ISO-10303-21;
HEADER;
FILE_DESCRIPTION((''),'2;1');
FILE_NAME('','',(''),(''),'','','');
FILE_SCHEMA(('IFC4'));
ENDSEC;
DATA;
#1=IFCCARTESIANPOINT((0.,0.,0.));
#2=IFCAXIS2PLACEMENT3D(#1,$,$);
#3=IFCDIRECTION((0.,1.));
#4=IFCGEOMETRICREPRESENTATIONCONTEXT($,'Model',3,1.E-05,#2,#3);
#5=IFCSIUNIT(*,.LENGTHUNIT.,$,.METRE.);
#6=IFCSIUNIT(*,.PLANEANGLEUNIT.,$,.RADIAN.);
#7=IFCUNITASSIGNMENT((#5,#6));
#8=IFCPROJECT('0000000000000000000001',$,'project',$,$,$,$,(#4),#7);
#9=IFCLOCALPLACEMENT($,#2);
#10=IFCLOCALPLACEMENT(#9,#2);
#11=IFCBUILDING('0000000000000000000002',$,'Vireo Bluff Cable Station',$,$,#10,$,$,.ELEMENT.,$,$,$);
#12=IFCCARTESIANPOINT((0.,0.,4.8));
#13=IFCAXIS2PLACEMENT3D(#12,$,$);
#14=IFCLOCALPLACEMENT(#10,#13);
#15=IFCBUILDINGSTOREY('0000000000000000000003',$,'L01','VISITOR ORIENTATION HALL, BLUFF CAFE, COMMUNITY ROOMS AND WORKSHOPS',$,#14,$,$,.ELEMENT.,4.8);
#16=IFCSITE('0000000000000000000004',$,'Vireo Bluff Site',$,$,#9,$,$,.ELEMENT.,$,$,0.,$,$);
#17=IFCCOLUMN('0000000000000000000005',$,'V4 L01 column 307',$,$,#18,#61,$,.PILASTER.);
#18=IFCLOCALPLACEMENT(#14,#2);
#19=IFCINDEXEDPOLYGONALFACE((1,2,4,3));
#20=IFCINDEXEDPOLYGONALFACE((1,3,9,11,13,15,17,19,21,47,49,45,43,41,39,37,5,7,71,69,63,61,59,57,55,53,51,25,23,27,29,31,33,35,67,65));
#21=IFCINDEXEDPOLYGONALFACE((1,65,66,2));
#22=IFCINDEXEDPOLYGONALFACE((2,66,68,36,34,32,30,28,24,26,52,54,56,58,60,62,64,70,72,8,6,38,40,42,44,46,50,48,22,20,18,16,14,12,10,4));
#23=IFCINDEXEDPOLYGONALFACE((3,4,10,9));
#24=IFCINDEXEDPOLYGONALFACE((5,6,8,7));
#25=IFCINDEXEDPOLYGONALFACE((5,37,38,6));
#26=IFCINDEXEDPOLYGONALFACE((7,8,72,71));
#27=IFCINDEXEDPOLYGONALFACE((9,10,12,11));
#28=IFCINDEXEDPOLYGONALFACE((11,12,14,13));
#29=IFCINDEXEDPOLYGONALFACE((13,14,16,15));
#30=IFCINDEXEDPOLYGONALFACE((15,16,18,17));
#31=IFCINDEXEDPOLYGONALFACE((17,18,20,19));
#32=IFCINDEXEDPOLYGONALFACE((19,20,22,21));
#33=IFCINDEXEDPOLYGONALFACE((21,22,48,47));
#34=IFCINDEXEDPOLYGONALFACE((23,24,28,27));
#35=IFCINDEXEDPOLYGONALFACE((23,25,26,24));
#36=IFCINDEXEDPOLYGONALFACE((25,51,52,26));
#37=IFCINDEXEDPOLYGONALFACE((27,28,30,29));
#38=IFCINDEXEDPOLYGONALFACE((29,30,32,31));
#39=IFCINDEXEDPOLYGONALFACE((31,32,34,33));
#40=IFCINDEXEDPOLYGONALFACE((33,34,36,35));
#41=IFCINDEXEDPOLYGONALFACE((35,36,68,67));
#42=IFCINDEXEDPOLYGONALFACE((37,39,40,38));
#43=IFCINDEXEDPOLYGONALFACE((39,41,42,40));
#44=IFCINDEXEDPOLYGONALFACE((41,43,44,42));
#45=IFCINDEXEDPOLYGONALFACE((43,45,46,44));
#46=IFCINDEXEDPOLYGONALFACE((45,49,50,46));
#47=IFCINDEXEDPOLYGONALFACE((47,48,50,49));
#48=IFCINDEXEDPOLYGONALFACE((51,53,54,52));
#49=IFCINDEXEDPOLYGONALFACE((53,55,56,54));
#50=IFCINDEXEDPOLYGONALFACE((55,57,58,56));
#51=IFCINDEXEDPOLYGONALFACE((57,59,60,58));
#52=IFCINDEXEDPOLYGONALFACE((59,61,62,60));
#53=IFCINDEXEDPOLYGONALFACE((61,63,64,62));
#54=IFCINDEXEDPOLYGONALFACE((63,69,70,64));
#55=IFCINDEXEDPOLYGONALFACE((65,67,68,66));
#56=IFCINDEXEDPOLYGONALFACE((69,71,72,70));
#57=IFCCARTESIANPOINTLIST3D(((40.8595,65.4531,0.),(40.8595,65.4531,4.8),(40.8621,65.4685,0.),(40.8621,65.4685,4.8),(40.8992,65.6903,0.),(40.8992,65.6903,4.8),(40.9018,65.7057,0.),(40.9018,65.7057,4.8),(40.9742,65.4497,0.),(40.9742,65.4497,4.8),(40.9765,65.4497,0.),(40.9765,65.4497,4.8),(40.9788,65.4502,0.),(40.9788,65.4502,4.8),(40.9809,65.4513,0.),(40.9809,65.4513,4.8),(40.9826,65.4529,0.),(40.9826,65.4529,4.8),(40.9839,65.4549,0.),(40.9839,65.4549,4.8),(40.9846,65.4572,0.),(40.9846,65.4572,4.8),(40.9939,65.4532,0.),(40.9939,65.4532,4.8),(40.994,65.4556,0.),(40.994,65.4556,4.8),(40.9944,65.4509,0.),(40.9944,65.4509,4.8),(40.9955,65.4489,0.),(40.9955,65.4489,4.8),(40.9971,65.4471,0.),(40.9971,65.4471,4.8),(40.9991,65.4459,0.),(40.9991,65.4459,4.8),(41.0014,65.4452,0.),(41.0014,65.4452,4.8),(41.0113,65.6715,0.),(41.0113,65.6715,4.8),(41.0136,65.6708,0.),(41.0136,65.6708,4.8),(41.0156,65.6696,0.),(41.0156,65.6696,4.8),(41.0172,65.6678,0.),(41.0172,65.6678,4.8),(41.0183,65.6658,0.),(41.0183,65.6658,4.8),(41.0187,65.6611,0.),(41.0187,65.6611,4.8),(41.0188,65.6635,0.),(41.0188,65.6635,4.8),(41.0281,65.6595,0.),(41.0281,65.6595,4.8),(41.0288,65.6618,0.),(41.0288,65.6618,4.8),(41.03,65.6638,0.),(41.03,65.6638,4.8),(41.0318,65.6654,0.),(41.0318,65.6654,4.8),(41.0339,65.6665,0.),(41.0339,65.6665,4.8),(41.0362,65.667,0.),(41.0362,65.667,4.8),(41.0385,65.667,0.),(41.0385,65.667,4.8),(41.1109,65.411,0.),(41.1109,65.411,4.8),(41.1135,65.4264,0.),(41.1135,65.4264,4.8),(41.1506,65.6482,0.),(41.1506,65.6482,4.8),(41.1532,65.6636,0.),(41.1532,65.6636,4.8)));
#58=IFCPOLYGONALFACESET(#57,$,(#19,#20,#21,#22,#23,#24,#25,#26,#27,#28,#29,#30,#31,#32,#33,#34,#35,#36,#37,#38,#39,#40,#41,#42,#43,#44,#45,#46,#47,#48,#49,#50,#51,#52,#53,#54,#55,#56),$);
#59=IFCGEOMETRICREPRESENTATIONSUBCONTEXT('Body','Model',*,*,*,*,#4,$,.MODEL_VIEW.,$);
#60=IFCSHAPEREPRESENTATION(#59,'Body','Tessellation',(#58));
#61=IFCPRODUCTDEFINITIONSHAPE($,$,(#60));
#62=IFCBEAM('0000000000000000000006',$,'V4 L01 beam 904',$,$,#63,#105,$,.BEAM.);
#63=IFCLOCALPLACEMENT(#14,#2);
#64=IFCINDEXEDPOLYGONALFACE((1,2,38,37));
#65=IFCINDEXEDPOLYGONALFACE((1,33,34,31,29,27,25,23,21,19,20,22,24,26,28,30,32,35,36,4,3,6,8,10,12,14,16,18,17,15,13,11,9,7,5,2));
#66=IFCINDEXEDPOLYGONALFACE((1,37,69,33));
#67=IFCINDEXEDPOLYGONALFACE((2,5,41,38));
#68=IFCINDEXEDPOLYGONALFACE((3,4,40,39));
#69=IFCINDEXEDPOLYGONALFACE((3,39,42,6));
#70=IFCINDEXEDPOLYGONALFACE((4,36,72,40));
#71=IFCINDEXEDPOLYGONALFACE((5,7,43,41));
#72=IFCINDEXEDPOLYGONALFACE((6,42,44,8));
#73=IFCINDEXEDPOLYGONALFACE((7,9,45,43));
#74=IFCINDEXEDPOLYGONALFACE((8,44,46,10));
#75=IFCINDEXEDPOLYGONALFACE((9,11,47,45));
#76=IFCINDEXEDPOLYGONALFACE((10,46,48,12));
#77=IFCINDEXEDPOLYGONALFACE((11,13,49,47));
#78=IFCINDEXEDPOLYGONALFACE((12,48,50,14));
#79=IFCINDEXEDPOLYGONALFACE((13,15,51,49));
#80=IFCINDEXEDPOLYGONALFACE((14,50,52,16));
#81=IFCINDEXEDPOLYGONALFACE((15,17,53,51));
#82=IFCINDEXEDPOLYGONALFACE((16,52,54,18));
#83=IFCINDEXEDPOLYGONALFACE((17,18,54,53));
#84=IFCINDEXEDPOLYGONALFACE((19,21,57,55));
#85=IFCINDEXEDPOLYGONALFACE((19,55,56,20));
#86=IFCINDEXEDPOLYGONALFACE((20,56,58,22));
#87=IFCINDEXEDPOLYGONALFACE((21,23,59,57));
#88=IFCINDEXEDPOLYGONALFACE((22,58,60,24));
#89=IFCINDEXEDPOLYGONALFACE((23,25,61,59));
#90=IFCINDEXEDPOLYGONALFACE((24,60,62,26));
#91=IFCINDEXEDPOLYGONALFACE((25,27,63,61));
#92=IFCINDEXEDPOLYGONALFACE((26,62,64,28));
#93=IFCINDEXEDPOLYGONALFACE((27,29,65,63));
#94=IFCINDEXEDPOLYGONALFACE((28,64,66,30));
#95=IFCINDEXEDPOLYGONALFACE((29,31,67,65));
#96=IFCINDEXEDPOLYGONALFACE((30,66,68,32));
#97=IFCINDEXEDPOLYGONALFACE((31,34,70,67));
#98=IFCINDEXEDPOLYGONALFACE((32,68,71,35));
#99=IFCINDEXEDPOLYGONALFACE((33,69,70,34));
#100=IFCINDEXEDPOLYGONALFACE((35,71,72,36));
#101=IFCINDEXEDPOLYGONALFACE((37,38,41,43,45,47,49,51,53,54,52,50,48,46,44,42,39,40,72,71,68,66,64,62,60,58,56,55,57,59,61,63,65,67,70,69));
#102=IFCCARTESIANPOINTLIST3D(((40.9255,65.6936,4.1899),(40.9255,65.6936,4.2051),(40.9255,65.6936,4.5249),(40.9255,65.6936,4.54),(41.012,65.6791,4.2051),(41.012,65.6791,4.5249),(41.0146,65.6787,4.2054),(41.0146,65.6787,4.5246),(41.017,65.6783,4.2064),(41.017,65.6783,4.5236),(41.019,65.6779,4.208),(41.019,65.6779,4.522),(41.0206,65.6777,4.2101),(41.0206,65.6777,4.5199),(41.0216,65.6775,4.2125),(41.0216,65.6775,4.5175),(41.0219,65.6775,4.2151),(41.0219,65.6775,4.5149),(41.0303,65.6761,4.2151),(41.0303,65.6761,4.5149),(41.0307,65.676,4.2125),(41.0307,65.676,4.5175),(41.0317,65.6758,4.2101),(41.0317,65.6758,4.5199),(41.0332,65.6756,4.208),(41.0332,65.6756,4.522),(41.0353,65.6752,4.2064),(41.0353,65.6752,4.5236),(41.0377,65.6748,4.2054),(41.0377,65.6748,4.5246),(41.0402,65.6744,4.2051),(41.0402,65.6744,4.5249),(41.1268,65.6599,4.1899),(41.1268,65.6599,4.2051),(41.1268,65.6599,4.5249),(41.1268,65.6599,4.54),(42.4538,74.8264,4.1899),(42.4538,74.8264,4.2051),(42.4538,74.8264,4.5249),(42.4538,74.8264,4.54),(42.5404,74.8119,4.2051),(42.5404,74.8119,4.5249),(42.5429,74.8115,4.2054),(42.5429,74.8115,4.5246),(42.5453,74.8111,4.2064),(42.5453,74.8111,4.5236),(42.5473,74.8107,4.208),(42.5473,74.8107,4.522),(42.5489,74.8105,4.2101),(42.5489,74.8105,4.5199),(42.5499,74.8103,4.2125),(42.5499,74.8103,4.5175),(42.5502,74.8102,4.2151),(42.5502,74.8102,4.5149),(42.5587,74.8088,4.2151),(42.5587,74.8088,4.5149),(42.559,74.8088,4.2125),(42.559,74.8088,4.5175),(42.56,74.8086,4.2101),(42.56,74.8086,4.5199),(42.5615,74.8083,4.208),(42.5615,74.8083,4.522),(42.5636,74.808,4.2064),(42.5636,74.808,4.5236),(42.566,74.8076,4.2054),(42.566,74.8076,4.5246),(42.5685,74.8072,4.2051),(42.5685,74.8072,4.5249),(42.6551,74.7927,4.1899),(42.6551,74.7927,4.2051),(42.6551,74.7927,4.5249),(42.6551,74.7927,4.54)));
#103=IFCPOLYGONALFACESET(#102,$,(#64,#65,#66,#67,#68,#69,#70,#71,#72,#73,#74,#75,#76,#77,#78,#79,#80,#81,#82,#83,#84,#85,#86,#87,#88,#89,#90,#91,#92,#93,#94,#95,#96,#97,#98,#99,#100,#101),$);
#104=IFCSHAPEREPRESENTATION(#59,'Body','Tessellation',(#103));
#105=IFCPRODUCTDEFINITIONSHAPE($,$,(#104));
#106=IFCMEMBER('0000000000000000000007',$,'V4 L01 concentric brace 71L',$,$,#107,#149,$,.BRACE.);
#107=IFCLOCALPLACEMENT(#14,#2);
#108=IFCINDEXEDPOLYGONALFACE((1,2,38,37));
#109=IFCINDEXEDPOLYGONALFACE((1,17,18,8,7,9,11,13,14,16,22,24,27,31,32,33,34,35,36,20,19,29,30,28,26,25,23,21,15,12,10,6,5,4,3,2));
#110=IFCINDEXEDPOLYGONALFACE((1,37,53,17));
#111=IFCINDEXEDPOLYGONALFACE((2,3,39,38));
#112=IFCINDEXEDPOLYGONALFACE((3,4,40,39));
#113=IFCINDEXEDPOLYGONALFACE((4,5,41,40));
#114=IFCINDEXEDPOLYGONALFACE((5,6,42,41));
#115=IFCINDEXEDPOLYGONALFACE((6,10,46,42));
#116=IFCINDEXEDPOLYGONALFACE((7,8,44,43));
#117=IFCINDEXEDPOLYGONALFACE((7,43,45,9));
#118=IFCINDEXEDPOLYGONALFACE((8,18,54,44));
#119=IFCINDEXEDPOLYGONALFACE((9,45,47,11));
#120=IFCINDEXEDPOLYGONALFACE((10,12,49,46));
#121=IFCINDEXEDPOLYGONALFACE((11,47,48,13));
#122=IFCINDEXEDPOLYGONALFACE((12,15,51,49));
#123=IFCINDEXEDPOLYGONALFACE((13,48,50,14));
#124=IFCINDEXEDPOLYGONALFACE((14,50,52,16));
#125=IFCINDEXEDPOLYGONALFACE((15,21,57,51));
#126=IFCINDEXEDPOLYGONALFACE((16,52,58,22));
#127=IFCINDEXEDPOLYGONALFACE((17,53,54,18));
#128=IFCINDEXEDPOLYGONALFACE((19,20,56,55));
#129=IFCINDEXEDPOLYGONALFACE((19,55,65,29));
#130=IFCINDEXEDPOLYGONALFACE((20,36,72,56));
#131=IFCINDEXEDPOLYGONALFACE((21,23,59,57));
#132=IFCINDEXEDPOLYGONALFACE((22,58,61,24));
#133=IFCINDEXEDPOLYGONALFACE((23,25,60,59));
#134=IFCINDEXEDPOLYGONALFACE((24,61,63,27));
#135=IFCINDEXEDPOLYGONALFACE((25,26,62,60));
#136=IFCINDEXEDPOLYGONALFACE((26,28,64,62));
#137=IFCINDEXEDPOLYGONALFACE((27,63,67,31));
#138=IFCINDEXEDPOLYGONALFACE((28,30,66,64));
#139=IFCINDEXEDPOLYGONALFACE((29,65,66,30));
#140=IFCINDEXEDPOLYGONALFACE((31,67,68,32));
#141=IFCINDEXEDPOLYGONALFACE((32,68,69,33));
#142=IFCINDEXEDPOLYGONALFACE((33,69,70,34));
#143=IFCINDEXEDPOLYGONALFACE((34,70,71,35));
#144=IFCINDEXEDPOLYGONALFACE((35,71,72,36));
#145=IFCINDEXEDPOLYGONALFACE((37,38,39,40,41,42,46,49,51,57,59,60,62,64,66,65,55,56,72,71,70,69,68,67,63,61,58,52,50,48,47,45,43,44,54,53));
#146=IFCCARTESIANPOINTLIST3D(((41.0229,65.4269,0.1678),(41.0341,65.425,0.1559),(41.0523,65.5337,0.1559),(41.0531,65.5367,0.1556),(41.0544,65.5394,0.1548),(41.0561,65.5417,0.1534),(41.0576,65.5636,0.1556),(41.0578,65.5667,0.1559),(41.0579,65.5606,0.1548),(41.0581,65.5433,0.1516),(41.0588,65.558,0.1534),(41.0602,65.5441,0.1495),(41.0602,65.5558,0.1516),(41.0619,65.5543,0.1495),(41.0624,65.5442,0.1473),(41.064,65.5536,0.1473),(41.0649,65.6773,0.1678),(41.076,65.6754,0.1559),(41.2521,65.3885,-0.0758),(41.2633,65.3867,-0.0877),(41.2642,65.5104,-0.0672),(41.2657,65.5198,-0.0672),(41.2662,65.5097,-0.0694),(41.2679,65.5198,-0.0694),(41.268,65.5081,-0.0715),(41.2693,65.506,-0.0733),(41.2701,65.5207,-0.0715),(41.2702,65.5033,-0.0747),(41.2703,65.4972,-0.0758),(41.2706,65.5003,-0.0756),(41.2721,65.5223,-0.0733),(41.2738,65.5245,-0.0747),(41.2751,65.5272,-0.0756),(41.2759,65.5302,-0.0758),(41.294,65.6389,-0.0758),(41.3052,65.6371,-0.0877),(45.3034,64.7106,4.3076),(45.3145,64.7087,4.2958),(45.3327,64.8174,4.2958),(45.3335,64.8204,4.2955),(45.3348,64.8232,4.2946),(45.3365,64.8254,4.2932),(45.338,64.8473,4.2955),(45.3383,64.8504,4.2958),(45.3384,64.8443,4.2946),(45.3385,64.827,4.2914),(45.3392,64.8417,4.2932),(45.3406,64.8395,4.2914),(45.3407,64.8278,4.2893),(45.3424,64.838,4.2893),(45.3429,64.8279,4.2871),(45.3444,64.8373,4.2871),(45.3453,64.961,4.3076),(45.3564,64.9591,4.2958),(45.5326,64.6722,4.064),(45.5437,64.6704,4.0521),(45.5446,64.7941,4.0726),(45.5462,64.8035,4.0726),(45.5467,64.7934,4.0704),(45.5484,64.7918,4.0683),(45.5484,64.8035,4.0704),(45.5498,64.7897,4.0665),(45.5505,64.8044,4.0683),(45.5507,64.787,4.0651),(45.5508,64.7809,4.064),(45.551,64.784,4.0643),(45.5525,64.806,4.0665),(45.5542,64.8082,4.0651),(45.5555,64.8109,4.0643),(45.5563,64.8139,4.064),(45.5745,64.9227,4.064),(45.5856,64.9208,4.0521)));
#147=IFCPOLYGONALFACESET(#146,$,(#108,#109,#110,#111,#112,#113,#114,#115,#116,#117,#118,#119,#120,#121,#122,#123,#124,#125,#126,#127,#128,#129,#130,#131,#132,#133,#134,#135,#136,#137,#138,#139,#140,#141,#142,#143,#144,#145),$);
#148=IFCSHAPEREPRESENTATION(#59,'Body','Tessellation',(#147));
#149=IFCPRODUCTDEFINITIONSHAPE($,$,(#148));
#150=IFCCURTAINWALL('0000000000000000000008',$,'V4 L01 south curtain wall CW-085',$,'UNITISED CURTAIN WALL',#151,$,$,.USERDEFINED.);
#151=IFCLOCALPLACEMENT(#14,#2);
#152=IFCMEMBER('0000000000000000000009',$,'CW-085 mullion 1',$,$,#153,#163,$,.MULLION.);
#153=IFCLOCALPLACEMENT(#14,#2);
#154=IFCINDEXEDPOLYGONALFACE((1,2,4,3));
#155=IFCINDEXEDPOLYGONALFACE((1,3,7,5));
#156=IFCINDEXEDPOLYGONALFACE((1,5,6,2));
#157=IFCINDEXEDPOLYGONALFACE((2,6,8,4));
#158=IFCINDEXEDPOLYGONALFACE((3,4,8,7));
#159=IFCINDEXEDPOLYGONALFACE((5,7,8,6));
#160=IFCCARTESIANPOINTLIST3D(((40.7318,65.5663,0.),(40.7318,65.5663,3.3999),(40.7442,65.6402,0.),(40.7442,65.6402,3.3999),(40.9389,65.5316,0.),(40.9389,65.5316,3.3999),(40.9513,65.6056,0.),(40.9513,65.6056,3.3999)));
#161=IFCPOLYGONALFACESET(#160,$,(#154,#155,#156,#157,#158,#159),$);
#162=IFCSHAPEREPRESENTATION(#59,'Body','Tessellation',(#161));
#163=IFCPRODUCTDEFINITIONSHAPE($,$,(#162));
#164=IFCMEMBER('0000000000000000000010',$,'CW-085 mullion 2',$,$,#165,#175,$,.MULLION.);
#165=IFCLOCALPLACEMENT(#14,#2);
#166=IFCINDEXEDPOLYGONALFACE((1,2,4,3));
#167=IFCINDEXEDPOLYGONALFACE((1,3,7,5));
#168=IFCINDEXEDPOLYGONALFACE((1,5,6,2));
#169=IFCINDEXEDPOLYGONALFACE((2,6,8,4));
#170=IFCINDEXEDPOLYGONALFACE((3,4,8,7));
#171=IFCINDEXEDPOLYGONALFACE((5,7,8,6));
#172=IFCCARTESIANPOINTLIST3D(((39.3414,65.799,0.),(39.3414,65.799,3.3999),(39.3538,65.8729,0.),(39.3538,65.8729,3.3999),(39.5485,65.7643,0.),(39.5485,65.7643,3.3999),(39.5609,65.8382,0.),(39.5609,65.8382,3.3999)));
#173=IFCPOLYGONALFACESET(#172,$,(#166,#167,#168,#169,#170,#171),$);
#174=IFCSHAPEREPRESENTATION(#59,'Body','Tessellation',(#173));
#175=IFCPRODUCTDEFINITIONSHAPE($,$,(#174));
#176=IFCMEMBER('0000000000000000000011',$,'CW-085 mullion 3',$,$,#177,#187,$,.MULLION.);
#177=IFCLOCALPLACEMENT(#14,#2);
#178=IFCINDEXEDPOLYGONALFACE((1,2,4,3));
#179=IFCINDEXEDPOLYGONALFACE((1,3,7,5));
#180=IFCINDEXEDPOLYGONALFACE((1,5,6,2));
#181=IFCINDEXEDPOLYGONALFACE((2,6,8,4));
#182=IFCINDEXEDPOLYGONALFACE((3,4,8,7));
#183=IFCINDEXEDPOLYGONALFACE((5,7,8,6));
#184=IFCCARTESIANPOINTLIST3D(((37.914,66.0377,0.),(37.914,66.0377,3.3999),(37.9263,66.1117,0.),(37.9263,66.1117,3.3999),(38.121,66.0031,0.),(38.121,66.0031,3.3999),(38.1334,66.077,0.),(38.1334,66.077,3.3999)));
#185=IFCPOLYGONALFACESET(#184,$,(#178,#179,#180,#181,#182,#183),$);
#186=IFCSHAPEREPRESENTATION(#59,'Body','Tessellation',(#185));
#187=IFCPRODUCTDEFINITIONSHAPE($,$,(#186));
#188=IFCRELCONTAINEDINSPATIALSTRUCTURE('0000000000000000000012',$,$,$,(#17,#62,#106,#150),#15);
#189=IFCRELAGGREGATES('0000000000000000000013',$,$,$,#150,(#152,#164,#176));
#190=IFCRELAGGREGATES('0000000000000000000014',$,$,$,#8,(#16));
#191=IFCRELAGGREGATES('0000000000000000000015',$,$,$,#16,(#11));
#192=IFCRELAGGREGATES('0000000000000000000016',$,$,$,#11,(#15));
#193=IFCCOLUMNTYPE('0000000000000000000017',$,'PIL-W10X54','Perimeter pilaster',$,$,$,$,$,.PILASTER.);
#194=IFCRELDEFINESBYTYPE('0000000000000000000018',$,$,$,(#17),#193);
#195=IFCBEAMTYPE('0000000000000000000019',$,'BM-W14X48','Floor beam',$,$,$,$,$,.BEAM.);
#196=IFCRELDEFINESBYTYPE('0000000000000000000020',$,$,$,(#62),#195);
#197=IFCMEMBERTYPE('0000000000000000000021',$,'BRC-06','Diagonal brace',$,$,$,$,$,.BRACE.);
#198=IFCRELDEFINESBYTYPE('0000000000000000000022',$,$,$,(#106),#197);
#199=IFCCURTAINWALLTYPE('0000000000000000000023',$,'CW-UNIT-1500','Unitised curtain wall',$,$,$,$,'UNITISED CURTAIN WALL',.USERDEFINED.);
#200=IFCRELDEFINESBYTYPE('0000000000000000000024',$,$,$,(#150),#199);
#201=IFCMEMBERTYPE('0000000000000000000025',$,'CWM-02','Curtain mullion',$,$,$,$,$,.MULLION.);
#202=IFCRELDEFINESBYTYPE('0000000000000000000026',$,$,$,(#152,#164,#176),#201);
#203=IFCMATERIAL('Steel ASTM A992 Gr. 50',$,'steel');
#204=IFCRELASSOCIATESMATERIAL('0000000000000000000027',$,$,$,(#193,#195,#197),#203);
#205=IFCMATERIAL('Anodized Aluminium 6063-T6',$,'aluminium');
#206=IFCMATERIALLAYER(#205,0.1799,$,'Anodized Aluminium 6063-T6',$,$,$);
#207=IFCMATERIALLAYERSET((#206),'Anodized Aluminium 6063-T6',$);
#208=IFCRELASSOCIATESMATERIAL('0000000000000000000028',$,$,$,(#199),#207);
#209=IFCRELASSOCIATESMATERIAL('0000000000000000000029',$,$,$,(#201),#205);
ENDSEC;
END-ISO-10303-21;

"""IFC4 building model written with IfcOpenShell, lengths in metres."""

from ifc_helpers import new_model, si_unit, direction, frame, origin, origin_2d, place, context, subcontext, project, spatial, rectangle, i_section, extrude, material, layer, layer_set, material_profile, profile_set, type_object, element, aggregate, save


model = new_model("IFC4")

# Units and contexts
model_context = context("Model", 3, precision=1e-05, world=origin(), true_north=direction((0.0, 1.0)))
body_context = subcontext(model_context, "Body", "Model", "MODEL_VIEW")
ifc_project = project(units=[si_unit("LENGTHUNIT", "METRE"), si_unit("PLANEANGLEUNIT", "RADIAN")], contexts=[model_context])

# Site, building, storey
site_placement = place(None, origin())
site = spatial("IfcSite", under=ifc_project, at=site_placement, Name="Vireo Bluff Site", CompositionType="ELEMENT", RefElevation=0.0)
building_placement = place(site_placement, origin())
building = spatial("IfcBuilding", under=site, at=building_placement, Name="Vireo Bluff Cable Station", CompositionType="ELEMENT")
storey_placement = place(building_placement, frame((0.0, 0.0, 4.8)))
storey = spatial("IfcBuildingStorey", under=building, at=storey_placement, Name="L01", Description="VISITOR ORIENTATION HALL, BLUFF CAFE, COMMUNITY ROOMS AND WORKSHOPS", CompositionType="ELEMENT", Elevation=4.8)

# Column
ifc_material_1 = material(Name="Steel ASTM A992 Gr. 50", Category="steel")
ifc_material_profile_1 = material_profile(ifc_material_1, i_section(OverallWidth=0.2549, OverallDepth=0.2561, WebThickness=0.0095, FlangeThickness=0.0156, FilletRadius=0.009, at=origin_2d()), Name="W10X54")
ifc_profile_set_1 = profile_set([ifc_material_profile_1], Name="Steel ASTM A992 Gr. 50")
column_type = type_object("IfcColumnType", Name="PIL-W10X54", Description="Perimeter pilaster", PredefinedType="PILASTER", material=ifc_profile_set_1)
column_placement = place(storey_placement, frame((41.0063, 65.5583, 0.0), z_axis=(0.0, 0.0, 1.0), x_axis=(0.986286, -0.165048, 0.0)))
element("IfcColumn", 1, at=column_placement, inside=storey, type_object=column_type, Name="V4 L01 column 307", PredefinedType="PILASTER", context=body_context, shape_type="SweptSolid", body=[
    extrude(i_section(OverallWidth=0.2549, OverallDepth=0.2561, WebThickness=0.0095, FlangeThickness=0.0156, FilletRadius=0.009, at=origin_2d()), origin(), (0.0, 0.0, 1.0), 4.8),
])

# Beam
ifc_material_profile_2 = material_profile(ifc_material_1, i_section(OverallWidth=0.2041, OverallDepth=0.3501, WebThickness=0.0085, FlangeThickness=0.0151, FilletRadius=0.01, at=origin_2d()), Name="W14X48")
ifc_profile_set_2 = profile_set([ifc_material_profile_2], Name="Steel ASTM A992 Gr. 50")
beam_type_1 = type_object("IfcBeamType", Name="BM-W14X48", Description="Floor beam", PredefinedType="BEAM", material=ifc_profile_set_2)
beam_1_placement = place(storey_placement, frame((41.0261, 65.6768, 4.365), z_axis=(0.165049, 0.986285, 0.0), x_axis=(-0.986285, 0.165049, 0.0)))
element("IfcBeam", 2, at=beam_1_placement, inside=storey, type_object=beam_type_1, Name="V4 L01 beam 904", PredefinedType="BEAM", context=body_context, shape_type="SweptSolid", body=[
    extrude(i_section(OverallWidth=0.2041, OverallDepth=0.3501, WebThickness=0.0085, FlangeThickness=0.0151, FilletRadius=0.01, at=origin_2d()), origin(), (0.0, 0.0, 1.0), 9.2598),
])

# Member
ifc_material_profile_3 = material_profile(ifc_material_1, i_section(OverallWidth=0.2539, OverallDepth=0.353, WebThickness=0.0095, FlangeThickness=0.0164, FilletRadius=0.012, at=origin_2d()), Name="W14X61")
ifc_profile_set_3 = profile_set([ifc_material_profile_3], Name="Steel ASTM A992 Gr. 50")
member_type_1 = type_object("IfcMemberType", Name="BRC-06", Description="Diagonal brace", PredefinedType="BRACE", material=ifc_profile_set_3)
member_1_placement = place(storey_placement, frame((41.1641, 65.532, 0.04), z_axis=(0.713671, -0.119427, 0.690225), x_axis=(0.165047, 0.986286, 0.0)))
element("IfcMember", 3, at=member_1_placement, inside=storey, type_object=member_type_1, Name="V4 L01 concentric brace 71L", PredefinedType="BRACE", context=body_context, shape_type="SweptSolid", body=[
    extrude(i_section(OverallWidth=0.2539, OverallDepth=0.353, WebThickness=0.0095, FlangeThickness=0.0164, FilletRadius=0.012, at=origin_2d()), origin(), (0.0, 0.0, 1.0), 5.9978),
])

# Curtain wall, members
ifc_material_2 = material(Name="Anodized Aluminium 6063-T6", Category="aluminium")
ifc_layer_1 = layer(ifc_material_2, 0.1799, Name="Anodized Aluminium 6063-T6")
ifc_layer_set_1 = layer_set([ifc_layer_1], Name="Anodized Aluminium 6063-T6")
curtain_wall_type = type_object("IfcCurtainWallType", Name="CW-UNIT-1500", Description="Unitised curtain wall", ElementType="UNITISED CURTAIN WALL", PredefinedType="USERDEFINED", material=ifc_layer_set_1)
curtain_wall_placement = place(storey_placement, origin())
curtain_wall = element("IfcCurtainWall", 4, at=curtain_wall_placement, inside=storey, type_object=curtain_wall_type, Name="V4 L01 south curtain wall CW-085", ObjectType="UNITISED CURTAIN WALL", PredefinedType="USERDEFINED")
ifc_material_profile_4 = material_profile(ifc_material_2, rectangle(XDim=0.075, YDim=0.21, at=origin_2d()), Name="ALU-M-75X210")
ifc_profile_set_4 = profile_set([ifc_material_profile_4], Name="Anodized Aluminium 6063-T6")
member_type_2 = type_object("IfcMemberType", Name="CWM-02", Description="Curtain mullion", PredefinedType="MULLION", material=ifc_profile_set_4)
member_2_placement = place(storey_placement, frame((40.8416, 65.5859, 0.0), z_axis=(0.0, 0.0, 1.0), x_axis=(-0.165048, -0.986286, 0.0)))
member_2 = element("IfcMember", 5, at=member_2_placement, type_object=member_type_2, Name="CW-085 mullion 1", PredefinedType="MULLION", context=body_context, shape_type="SweptSolid", body=[
    extrude(rectangle(XDim=0.075, YDim=0.21, at=origin_2d()), origin(), (0.0, 0.0, 1.0), 3.3999),
])
member_3_placement = place(storey_placement, frame((39.4512, 65.8186, 0.0), z_axis=(0.0, 0.0, 1.0), x_axis=(-0.165048, -0.986286, 0.0)))
member_3 = element("IfcMember", 6, at=member_3_placement, type_object=member_type_2, Name="CW-085 mullion 2", PredefinedType="MULLION", context=body_context, shape_type="SweptSolid", body=[
    extrude(rectangle(XDim=0.075, YDim=0.21, at=origin_2d()), origin(), (0.0, 0.0, 1.0), 3.3999),
])
member_4_placement = place(storey_placement, frame((38.0237, 66.0574, 0.0), z_axis=(0.0, 0.0, 1.0), x_axis=(-0.165048, -0.986286, 0.0)))
member_4 = element("IfcMember", 7, at=member_4_placement, type_object=member_type_2, Name="CW-085 mullion 3", PredefinedType="MULLION", context=body_context, shape_type="SweptSolid", body=[
    extrude(rectangle(XDim=0.075, YDim=0.21, at=origin_2d()), origin(), (0.0, 0.0, 1.0), 3.3999),
])

aggregate(curtain_wall, [member_2, member_3, member_4])

save(model, "model.ifc")
